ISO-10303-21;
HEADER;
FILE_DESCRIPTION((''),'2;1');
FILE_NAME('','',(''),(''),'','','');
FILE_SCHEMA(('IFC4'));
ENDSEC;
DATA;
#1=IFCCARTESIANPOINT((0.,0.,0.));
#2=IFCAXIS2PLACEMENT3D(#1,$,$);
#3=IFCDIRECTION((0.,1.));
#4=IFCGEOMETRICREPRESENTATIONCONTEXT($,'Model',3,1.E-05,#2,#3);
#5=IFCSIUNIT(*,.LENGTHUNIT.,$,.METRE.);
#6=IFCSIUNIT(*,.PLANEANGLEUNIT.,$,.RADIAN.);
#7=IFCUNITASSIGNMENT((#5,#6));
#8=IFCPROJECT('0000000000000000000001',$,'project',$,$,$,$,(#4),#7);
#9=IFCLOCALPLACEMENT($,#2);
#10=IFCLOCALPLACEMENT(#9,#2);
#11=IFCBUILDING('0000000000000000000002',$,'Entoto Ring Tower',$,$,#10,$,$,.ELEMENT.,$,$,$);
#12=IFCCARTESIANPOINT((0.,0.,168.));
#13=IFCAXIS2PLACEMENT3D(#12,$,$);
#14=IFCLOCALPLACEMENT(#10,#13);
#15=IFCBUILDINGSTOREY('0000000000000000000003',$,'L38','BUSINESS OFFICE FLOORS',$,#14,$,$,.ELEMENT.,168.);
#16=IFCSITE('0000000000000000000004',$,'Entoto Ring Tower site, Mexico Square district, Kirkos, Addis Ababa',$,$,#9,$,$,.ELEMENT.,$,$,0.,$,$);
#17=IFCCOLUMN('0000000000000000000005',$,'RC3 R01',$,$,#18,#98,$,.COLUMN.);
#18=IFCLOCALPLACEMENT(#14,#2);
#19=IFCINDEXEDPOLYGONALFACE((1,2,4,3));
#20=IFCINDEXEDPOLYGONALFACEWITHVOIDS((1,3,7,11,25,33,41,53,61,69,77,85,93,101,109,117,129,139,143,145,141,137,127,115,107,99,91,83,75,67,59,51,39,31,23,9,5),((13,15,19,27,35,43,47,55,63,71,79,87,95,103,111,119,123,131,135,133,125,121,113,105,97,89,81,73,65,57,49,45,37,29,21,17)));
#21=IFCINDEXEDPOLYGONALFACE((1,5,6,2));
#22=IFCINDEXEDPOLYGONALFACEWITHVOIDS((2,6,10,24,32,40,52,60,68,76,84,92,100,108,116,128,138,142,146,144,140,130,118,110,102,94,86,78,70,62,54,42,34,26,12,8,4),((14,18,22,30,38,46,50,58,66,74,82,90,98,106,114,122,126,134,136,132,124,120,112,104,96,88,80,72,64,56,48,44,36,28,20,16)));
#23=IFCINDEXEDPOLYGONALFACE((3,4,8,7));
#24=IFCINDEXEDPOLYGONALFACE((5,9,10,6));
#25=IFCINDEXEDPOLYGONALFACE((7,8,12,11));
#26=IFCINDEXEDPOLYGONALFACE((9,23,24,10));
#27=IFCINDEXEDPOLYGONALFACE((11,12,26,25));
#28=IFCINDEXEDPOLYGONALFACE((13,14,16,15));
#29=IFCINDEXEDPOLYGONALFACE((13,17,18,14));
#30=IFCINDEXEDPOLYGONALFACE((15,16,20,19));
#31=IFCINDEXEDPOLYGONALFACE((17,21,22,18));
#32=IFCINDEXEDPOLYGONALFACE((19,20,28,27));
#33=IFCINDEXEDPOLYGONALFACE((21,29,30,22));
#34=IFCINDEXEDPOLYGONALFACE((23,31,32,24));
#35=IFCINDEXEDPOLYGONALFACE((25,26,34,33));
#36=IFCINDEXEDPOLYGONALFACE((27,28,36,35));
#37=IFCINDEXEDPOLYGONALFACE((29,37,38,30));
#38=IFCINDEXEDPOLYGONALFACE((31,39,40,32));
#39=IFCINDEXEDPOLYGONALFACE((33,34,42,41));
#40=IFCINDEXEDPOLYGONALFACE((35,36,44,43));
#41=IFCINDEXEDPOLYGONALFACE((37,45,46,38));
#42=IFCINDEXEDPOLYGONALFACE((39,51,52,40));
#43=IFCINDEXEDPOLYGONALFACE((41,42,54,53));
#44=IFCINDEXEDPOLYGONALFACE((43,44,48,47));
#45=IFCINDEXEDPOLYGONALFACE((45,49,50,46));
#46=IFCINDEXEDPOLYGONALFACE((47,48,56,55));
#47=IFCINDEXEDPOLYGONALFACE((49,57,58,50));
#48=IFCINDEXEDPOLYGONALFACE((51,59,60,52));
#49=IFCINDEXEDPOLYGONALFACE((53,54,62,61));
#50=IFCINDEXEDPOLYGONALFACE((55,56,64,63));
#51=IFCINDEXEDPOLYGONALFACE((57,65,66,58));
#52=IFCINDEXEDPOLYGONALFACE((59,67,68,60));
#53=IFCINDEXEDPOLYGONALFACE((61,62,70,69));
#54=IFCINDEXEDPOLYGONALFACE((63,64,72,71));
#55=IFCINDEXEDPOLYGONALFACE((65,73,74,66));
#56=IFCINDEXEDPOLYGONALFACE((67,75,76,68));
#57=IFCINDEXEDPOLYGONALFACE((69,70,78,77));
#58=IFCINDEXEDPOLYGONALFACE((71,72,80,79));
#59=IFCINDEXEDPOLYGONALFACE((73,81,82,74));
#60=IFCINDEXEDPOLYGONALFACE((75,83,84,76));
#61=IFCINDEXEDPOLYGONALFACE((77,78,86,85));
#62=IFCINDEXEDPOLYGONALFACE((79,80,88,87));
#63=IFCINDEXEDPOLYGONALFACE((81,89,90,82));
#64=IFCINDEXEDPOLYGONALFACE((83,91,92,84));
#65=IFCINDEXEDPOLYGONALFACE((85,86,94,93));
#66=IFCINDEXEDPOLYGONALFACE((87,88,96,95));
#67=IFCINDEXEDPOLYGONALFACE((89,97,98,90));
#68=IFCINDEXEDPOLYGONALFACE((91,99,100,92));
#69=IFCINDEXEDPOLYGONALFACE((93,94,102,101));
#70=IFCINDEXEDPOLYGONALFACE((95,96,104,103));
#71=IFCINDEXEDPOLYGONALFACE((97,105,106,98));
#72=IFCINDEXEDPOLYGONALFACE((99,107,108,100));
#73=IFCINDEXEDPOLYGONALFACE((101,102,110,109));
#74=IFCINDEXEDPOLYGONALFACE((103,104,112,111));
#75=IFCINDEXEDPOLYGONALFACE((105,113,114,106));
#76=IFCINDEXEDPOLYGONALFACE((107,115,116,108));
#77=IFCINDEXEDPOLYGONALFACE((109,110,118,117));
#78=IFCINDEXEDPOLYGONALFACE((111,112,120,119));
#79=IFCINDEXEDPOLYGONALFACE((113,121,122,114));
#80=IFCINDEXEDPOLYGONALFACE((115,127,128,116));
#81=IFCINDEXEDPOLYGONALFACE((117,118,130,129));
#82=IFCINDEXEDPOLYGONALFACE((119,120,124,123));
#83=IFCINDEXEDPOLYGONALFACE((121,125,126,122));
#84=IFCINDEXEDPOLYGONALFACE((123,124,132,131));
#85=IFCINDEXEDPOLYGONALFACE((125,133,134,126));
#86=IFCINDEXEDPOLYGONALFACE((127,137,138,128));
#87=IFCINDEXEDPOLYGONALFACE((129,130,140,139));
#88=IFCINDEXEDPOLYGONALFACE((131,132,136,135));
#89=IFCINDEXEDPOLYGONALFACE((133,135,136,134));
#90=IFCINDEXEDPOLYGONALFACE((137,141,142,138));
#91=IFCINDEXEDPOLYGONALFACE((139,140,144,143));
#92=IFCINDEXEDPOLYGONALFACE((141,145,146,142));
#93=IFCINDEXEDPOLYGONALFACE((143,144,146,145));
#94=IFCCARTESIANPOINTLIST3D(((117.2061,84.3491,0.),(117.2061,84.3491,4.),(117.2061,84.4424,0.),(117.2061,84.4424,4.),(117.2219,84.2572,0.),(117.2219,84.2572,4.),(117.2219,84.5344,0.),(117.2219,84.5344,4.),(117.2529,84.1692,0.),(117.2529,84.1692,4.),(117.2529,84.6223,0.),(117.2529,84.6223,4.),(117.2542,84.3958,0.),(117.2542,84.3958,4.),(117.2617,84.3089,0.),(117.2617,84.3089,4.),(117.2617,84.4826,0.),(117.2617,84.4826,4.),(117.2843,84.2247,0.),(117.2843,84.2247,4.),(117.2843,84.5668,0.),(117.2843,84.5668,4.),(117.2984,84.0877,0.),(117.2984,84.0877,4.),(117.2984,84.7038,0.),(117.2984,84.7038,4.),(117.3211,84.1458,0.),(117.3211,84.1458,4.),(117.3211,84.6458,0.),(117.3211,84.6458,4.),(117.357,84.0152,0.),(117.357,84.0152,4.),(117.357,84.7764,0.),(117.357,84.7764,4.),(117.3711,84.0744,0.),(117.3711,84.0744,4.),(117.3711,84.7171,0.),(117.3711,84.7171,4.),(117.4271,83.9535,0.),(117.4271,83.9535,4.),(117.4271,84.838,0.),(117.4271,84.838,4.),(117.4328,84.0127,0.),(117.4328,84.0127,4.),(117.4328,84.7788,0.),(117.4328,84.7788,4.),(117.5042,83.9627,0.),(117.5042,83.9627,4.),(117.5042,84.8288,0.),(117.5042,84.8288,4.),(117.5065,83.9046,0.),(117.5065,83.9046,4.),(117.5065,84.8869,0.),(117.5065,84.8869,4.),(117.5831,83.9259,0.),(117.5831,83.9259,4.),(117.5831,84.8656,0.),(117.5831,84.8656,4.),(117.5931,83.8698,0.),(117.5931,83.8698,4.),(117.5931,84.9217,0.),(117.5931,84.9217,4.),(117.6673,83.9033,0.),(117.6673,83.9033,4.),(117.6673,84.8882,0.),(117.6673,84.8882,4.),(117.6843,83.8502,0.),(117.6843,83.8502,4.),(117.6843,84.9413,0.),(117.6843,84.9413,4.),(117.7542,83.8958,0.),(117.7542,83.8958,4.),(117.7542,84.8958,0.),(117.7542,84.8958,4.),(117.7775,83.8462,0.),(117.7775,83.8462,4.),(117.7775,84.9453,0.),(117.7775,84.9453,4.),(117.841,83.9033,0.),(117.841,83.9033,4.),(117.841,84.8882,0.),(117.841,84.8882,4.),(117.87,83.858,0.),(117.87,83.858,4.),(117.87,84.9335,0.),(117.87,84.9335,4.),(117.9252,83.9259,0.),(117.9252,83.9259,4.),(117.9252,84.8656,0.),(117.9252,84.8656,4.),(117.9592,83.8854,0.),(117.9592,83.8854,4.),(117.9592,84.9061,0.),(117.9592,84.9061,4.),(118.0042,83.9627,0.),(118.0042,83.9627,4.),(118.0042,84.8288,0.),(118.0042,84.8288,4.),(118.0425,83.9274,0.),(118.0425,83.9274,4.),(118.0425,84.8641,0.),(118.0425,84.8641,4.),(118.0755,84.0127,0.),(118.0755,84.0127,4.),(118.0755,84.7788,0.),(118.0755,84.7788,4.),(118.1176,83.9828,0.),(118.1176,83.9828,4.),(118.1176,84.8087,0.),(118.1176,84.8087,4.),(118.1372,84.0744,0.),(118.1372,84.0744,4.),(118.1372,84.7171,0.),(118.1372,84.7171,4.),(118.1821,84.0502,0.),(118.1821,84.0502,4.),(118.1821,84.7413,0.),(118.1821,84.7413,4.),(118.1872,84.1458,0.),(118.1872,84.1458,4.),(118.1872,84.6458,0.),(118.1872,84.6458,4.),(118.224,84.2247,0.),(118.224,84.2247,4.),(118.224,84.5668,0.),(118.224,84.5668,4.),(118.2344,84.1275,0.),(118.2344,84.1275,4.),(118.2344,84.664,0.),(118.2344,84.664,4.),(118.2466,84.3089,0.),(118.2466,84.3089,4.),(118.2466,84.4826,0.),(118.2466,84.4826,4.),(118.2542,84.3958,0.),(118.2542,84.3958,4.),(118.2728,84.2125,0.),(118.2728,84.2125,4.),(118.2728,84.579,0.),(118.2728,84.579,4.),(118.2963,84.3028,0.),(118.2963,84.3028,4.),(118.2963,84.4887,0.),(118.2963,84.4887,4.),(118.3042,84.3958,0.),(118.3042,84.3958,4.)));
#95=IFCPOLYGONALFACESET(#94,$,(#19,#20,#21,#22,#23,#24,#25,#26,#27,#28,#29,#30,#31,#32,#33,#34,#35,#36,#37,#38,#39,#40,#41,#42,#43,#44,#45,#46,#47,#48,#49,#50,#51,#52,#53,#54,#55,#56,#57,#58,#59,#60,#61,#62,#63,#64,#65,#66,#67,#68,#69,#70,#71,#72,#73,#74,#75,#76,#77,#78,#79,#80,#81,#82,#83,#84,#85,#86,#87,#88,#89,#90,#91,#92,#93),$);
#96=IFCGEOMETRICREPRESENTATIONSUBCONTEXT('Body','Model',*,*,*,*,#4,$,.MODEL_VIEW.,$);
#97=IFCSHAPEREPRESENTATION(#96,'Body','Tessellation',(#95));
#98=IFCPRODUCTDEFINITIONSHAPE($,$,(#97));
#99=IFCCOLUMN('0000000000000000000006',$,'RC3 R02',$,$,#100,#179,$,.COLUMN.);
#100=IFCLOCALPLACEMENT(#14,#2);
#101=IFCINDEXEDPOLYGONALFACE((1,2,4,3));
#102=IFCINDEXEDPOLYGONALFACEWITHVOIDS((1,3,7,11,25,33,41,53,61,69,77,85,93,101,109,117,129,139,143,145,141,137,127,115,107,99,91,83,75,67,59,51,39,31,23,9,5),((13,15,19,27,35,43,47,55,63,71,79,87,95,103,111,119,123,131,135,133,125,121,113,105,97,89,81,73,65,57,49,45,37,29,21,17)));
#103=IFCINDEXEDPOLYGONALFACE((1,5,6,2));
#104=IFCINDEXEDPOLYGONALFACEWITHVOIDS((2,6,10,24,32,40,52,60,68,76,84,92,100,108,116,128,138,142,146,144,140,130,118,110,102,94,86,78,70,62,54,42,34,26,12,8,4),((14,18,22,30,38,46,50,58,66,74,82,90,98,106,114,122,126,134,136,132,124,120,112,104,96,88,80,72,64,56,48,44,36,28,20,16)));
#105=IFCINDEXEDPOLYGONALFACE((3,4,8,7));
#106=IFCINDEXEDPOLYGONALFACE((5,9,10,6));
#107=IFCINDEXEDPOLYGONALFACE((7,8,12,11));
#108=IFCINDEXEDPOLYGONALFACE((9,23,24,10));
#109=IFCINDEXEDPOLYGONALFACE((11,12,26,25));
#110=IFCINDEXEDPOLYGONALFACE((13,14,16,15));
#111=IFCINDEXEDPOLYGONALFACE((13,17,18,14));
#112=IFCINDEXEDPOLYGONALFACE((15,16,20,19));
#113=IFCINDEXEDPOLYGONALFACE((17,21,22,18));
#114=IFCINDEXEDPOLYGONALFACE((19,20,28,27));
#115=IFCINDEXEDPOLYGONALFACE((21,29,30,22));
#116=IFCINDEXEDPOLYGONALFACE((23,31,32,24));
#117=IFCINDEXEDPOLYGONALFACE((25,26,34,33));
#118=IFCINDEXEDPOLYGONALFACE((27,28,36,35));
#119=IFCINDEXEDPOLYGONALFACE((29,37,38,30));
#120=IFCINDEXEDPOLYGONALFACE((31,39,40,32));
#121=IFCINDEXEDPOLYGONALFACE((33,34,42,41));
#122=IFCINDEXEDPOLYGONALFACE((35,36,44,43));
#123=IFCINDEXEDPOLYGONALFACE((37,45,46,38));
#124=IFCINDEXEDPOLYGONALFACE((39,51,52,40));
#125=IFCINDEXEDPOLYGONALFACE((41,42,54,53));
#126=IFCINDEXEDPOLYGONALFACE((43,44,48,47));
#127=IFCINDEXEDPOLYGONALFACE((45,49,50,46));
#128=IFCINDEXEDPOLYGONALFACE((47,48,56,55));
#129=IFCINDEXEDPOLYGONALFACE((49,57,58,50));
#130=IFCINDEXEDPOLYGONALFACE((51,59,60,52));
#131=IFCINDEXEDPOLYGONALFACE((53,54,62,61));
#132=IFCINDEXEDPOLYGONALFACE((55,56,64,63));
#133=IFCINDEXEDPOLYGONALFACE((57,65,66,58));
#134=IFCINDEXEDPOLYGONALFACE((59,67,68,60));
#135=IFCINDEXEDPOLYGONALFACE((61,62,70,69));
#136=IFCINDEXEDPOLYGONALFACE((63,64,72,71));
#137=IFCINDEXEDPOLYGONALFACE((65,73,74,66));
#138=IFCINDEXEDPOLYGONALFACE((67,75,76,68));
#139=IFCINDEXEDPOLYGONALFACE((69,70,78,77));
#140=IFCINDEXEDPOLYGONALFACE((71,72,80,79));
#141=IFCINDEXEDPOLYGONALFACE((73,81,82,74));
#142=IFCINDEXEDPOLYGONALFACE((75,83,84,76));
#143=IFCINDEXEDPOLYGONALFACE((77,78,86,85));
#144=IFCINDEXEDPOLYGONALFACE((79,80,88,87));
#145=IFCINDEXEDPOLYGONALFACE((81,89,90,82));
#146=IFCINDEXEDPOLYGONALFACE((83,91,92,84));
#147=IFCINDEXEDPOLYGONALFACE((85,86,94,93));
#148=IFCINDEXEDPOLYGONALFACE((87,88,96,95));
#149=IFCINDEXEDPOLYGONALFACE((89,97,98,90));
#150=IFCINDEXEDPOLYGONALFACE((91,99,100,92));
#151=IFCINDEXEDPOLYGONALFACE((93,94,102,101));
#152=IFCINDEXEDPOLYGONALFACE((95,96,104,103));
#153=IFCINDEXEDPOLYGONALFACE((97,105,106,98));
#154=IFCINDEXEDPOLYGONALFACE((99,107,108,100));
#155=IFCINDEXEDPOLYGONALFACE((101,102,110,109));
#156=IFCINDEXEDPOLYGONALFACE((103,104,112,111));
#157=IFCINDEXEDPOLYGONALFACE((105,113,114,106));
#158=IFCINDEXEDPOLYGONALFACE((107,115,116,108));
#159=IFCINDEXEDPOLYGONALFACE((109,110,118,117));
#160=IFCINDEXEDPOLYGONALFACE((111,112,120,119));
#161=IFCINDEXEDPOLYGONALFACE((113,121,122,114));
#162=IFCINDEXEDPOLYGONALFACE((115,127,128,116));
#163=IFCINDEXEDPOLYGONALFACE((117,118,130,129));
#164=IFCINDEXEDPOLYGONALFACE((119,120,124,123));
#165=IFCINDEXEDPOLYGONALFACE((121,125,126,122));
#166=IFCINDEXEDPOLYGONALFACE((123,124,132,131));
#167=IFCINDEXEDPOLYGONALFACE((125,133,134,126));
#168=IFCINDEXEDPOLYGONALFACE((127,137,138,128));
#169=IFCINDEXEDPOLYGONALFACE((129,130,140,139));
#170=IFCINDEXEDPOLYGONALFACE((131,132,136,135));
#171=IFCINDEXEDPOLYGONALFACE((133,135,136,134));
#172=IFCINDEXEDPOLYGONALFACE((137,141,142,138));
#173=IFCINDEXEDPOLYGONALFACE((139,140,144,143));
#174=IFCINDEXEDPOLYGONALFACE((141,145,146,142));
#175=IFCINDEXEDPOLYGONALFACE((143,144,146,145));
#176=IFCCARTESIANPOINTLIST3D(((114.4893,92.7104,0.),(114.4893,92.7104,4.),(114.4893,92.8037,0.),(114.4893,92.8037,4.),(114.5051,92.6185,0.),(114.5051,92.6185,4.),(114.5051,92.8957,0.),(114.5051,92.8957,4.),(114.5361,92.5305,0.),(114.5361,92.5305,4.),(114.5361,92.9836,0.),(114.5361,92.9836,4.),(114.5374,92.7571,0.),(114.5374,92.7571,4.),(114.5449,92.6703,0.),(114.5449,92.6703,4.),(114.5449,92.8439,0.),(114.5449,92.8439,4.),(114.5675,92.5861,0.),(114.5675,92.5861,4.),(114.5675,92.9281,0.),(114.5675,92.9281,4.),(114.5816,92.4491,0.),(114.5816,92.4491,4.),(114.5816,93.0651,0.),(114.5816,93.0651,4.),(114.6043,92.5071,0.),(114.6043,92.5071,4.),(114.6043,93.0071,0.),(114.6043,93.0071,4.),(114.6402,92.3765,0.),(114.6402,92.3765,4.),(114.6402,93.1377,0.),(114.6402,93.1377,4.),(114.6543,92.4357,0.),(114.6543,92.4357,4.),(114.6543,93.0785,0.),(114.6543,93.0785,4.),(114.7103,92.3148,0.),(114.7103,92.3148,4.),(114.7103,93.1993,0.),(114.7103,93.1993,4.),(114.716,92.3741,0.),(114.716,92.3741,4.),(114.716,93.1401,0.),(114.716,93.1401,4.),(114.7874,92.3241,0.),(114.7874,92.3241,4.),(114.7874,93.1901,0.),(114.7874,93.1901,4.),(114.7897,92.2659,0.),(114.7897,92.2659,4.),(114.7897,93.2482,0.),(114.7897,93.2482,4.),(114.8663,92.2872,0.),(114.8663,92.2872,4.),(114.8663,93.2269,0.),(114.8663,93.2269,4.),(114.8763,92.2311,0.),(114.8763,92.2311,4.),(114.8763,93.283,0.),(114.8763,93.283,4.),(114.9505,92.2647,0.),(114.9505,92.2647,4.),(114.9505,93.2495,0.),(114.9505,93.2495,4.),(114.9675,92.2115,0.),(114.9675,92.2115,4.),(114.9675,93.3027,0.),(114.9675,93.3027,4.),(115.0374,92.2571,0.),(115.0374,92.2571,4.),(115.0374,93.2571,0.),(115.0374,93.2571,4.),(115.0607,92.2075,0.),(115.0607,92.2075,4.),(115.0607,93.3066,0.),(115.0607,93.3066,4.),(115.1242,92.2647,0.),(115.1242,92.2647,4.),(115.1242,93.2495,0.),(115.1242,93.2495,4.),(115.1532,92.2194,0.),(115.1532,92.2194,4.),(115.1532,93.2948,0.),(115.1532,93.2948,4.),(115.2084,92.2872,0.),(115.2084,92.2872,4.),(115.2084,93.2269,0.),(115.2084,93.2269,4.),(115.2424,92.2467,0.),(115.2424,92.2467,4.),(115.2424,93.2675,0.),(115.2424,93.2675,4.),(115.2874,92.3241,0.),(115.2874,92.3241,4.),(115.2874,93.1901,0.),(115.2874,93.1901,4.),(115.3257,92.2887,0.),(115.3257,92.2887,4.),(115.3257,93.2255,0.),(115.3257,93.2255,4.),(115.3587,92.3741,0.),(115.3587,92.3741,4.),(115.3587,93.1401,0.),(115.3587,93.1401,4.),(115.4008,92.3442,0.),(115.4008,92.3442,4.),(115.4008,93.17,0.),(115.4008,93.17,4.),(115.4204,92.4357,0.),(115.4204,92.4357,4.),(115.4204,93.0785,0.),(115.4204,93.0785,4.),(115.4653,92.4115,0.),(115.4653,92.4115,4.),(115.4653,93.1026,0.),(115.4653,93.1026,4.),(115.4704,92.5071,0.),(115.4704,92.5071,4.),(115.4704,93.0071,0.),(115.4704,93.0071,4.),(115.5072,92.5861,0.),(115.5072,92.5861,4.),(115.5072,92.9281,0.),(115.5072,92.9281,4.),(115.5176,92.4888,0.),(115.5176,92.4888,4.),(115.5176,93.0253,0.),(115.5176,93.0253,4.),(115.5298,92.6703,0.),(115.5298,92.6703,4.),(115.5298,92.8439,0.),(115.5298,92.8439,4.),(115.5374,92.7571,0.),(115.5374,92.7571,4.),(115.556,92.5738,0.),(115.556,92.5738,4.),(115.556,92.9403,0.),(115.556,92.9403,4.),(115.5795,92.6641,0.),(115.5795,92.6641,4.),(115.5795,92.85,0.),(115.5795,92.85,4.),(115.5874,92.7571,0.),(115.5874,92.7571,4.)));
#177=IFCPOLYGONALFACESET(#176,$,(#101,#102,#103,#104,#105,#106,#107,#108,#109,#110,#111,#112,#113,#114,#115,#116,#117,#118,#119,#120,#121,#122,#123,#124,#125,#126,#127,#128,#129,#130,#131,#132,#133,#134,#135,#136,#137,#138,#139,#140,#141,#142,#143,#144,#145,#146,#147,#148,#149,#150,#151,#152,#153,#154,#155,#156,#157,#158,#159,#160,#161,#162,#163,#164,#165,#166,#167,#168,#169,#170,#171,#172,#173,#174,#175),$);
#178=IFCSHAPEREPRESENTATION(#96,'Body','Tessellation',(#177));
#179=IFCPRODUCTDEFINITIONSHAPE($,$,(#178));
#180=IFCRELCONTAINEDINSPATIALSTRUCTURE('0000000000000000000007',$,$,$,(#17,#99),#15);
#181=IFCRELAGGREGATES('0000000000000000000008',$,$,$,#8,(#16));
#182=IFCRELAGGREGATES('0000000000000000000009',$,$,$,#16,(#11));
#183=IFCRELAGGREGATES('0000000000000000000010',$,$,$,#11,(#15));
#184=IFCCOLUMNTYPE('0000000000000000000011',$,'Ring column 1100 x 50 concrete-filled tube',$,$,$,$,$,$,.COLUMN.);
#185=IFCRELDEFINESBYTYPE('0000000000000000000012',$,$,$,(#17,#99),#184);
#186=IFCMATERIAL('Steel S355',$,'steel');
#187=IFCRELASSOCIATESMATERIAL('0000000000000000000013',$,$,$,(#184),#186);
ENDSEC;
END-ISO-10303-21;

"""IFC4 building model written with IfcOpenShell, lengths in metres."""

from ifc_helpers import new_model, si_unit, direction, frame, origin, origin_2d, place, context, subcontext, project, spatial, circle, hollow_circle, extrude, material, material_profile, profile_set, type_object, element, save


model = new_model("IFC4")

# Units and contexts
model_context = context("Model", 3, precision=1e-05, world=origin(), true_north=direction((0.0, 1.0)))
body_context = subcontext(model_context, "Body", "Model", "MODEL_VIEW")
ifc_project = project(units=[si_unit("LENGTHUNIT", "METRE"), si_unit("PLANEANGLEUNIT", "RADIAN")], contexts=[model_context])

# Site, building, storey
site_placement = place(None, origin())
site = spatial("IfcSite", under=ifc_project, at=site_placement, Name="Entoto Ring Tower site, Mexico Square district, Kirkos, Addis Ababa", CompositionType="ELEMENT", RefElevation=0.0)
building_placement = place(site_placement, origin())
building = spatial("IfcBuilding", under=site, at=building_placement, Name="Entoto Ring Tower", CompositionType="ELEMENT")
storey_placement = place(building_placement, frame((0.0, 0.0, 168.0)))
storey = spatial("IfcBuildingStorey", under=building, at=storey_placement, Name="L38", Description="BUSINESS OFFICE FLOORS", CompositionType="ELEMENT", Elevation=168.0)

# Columns
ifc_material_1 = material(Name="Steel S355", Category="steel")
ifc_material_profile_1 = material_profile(ifc_material_1, hollow_circle(Radius=0.55, WallThickness=0.05, at=origin_2d()), Name="CHS 1100 x 50")
ifc_material_2 = material(Name="Concrete C60/75", Category="concrete")
ifc_material_profile_2 = material_profile(ifc_material_2, circle(Radius=0.5, at=origin_2d()), Name="Concrete C60/75 infill")
ifc_profile_set_1 = profile_set([ifc_material_profile_1, ifc_material_profile_2], Name="Steel S355")
column_type = type_object("IfcColumnType", Name="Ring column 1100 x 50 concrete-filled tube", PredefinedType="COLUMN", material=ifc_profile_set_1)
for number, where, z_axis, x_axis, name in (
    (1, (117.7542, 84.3958, 0.0), (0.0, 0.0, 1.0), (1.0, 0.0, 0.0), "RC3 R01"),
    (2, (115.0374, 92.7571, 0.0), (0.0, 0.0, 1.0), (1.0, 0.0, 0.0), "RC3 R02"),
):
    element("IfcColumn", number, at=place(storey_placement, frame(where, z_axis=z_axis, x_axis=x_axis)), inside=storey, type_object=column_type, Name=name, PredefinedType="COLUMN", context=body_context, shape_type="SweptSolid", body=[
        extrude(hollow_circle(Radius=0.55, WallThickness=0.05, at=origin_2d()), origin(), (0.0, 0.0, 1.0), 4.0),
    ])

save(model, "model.ifc")
